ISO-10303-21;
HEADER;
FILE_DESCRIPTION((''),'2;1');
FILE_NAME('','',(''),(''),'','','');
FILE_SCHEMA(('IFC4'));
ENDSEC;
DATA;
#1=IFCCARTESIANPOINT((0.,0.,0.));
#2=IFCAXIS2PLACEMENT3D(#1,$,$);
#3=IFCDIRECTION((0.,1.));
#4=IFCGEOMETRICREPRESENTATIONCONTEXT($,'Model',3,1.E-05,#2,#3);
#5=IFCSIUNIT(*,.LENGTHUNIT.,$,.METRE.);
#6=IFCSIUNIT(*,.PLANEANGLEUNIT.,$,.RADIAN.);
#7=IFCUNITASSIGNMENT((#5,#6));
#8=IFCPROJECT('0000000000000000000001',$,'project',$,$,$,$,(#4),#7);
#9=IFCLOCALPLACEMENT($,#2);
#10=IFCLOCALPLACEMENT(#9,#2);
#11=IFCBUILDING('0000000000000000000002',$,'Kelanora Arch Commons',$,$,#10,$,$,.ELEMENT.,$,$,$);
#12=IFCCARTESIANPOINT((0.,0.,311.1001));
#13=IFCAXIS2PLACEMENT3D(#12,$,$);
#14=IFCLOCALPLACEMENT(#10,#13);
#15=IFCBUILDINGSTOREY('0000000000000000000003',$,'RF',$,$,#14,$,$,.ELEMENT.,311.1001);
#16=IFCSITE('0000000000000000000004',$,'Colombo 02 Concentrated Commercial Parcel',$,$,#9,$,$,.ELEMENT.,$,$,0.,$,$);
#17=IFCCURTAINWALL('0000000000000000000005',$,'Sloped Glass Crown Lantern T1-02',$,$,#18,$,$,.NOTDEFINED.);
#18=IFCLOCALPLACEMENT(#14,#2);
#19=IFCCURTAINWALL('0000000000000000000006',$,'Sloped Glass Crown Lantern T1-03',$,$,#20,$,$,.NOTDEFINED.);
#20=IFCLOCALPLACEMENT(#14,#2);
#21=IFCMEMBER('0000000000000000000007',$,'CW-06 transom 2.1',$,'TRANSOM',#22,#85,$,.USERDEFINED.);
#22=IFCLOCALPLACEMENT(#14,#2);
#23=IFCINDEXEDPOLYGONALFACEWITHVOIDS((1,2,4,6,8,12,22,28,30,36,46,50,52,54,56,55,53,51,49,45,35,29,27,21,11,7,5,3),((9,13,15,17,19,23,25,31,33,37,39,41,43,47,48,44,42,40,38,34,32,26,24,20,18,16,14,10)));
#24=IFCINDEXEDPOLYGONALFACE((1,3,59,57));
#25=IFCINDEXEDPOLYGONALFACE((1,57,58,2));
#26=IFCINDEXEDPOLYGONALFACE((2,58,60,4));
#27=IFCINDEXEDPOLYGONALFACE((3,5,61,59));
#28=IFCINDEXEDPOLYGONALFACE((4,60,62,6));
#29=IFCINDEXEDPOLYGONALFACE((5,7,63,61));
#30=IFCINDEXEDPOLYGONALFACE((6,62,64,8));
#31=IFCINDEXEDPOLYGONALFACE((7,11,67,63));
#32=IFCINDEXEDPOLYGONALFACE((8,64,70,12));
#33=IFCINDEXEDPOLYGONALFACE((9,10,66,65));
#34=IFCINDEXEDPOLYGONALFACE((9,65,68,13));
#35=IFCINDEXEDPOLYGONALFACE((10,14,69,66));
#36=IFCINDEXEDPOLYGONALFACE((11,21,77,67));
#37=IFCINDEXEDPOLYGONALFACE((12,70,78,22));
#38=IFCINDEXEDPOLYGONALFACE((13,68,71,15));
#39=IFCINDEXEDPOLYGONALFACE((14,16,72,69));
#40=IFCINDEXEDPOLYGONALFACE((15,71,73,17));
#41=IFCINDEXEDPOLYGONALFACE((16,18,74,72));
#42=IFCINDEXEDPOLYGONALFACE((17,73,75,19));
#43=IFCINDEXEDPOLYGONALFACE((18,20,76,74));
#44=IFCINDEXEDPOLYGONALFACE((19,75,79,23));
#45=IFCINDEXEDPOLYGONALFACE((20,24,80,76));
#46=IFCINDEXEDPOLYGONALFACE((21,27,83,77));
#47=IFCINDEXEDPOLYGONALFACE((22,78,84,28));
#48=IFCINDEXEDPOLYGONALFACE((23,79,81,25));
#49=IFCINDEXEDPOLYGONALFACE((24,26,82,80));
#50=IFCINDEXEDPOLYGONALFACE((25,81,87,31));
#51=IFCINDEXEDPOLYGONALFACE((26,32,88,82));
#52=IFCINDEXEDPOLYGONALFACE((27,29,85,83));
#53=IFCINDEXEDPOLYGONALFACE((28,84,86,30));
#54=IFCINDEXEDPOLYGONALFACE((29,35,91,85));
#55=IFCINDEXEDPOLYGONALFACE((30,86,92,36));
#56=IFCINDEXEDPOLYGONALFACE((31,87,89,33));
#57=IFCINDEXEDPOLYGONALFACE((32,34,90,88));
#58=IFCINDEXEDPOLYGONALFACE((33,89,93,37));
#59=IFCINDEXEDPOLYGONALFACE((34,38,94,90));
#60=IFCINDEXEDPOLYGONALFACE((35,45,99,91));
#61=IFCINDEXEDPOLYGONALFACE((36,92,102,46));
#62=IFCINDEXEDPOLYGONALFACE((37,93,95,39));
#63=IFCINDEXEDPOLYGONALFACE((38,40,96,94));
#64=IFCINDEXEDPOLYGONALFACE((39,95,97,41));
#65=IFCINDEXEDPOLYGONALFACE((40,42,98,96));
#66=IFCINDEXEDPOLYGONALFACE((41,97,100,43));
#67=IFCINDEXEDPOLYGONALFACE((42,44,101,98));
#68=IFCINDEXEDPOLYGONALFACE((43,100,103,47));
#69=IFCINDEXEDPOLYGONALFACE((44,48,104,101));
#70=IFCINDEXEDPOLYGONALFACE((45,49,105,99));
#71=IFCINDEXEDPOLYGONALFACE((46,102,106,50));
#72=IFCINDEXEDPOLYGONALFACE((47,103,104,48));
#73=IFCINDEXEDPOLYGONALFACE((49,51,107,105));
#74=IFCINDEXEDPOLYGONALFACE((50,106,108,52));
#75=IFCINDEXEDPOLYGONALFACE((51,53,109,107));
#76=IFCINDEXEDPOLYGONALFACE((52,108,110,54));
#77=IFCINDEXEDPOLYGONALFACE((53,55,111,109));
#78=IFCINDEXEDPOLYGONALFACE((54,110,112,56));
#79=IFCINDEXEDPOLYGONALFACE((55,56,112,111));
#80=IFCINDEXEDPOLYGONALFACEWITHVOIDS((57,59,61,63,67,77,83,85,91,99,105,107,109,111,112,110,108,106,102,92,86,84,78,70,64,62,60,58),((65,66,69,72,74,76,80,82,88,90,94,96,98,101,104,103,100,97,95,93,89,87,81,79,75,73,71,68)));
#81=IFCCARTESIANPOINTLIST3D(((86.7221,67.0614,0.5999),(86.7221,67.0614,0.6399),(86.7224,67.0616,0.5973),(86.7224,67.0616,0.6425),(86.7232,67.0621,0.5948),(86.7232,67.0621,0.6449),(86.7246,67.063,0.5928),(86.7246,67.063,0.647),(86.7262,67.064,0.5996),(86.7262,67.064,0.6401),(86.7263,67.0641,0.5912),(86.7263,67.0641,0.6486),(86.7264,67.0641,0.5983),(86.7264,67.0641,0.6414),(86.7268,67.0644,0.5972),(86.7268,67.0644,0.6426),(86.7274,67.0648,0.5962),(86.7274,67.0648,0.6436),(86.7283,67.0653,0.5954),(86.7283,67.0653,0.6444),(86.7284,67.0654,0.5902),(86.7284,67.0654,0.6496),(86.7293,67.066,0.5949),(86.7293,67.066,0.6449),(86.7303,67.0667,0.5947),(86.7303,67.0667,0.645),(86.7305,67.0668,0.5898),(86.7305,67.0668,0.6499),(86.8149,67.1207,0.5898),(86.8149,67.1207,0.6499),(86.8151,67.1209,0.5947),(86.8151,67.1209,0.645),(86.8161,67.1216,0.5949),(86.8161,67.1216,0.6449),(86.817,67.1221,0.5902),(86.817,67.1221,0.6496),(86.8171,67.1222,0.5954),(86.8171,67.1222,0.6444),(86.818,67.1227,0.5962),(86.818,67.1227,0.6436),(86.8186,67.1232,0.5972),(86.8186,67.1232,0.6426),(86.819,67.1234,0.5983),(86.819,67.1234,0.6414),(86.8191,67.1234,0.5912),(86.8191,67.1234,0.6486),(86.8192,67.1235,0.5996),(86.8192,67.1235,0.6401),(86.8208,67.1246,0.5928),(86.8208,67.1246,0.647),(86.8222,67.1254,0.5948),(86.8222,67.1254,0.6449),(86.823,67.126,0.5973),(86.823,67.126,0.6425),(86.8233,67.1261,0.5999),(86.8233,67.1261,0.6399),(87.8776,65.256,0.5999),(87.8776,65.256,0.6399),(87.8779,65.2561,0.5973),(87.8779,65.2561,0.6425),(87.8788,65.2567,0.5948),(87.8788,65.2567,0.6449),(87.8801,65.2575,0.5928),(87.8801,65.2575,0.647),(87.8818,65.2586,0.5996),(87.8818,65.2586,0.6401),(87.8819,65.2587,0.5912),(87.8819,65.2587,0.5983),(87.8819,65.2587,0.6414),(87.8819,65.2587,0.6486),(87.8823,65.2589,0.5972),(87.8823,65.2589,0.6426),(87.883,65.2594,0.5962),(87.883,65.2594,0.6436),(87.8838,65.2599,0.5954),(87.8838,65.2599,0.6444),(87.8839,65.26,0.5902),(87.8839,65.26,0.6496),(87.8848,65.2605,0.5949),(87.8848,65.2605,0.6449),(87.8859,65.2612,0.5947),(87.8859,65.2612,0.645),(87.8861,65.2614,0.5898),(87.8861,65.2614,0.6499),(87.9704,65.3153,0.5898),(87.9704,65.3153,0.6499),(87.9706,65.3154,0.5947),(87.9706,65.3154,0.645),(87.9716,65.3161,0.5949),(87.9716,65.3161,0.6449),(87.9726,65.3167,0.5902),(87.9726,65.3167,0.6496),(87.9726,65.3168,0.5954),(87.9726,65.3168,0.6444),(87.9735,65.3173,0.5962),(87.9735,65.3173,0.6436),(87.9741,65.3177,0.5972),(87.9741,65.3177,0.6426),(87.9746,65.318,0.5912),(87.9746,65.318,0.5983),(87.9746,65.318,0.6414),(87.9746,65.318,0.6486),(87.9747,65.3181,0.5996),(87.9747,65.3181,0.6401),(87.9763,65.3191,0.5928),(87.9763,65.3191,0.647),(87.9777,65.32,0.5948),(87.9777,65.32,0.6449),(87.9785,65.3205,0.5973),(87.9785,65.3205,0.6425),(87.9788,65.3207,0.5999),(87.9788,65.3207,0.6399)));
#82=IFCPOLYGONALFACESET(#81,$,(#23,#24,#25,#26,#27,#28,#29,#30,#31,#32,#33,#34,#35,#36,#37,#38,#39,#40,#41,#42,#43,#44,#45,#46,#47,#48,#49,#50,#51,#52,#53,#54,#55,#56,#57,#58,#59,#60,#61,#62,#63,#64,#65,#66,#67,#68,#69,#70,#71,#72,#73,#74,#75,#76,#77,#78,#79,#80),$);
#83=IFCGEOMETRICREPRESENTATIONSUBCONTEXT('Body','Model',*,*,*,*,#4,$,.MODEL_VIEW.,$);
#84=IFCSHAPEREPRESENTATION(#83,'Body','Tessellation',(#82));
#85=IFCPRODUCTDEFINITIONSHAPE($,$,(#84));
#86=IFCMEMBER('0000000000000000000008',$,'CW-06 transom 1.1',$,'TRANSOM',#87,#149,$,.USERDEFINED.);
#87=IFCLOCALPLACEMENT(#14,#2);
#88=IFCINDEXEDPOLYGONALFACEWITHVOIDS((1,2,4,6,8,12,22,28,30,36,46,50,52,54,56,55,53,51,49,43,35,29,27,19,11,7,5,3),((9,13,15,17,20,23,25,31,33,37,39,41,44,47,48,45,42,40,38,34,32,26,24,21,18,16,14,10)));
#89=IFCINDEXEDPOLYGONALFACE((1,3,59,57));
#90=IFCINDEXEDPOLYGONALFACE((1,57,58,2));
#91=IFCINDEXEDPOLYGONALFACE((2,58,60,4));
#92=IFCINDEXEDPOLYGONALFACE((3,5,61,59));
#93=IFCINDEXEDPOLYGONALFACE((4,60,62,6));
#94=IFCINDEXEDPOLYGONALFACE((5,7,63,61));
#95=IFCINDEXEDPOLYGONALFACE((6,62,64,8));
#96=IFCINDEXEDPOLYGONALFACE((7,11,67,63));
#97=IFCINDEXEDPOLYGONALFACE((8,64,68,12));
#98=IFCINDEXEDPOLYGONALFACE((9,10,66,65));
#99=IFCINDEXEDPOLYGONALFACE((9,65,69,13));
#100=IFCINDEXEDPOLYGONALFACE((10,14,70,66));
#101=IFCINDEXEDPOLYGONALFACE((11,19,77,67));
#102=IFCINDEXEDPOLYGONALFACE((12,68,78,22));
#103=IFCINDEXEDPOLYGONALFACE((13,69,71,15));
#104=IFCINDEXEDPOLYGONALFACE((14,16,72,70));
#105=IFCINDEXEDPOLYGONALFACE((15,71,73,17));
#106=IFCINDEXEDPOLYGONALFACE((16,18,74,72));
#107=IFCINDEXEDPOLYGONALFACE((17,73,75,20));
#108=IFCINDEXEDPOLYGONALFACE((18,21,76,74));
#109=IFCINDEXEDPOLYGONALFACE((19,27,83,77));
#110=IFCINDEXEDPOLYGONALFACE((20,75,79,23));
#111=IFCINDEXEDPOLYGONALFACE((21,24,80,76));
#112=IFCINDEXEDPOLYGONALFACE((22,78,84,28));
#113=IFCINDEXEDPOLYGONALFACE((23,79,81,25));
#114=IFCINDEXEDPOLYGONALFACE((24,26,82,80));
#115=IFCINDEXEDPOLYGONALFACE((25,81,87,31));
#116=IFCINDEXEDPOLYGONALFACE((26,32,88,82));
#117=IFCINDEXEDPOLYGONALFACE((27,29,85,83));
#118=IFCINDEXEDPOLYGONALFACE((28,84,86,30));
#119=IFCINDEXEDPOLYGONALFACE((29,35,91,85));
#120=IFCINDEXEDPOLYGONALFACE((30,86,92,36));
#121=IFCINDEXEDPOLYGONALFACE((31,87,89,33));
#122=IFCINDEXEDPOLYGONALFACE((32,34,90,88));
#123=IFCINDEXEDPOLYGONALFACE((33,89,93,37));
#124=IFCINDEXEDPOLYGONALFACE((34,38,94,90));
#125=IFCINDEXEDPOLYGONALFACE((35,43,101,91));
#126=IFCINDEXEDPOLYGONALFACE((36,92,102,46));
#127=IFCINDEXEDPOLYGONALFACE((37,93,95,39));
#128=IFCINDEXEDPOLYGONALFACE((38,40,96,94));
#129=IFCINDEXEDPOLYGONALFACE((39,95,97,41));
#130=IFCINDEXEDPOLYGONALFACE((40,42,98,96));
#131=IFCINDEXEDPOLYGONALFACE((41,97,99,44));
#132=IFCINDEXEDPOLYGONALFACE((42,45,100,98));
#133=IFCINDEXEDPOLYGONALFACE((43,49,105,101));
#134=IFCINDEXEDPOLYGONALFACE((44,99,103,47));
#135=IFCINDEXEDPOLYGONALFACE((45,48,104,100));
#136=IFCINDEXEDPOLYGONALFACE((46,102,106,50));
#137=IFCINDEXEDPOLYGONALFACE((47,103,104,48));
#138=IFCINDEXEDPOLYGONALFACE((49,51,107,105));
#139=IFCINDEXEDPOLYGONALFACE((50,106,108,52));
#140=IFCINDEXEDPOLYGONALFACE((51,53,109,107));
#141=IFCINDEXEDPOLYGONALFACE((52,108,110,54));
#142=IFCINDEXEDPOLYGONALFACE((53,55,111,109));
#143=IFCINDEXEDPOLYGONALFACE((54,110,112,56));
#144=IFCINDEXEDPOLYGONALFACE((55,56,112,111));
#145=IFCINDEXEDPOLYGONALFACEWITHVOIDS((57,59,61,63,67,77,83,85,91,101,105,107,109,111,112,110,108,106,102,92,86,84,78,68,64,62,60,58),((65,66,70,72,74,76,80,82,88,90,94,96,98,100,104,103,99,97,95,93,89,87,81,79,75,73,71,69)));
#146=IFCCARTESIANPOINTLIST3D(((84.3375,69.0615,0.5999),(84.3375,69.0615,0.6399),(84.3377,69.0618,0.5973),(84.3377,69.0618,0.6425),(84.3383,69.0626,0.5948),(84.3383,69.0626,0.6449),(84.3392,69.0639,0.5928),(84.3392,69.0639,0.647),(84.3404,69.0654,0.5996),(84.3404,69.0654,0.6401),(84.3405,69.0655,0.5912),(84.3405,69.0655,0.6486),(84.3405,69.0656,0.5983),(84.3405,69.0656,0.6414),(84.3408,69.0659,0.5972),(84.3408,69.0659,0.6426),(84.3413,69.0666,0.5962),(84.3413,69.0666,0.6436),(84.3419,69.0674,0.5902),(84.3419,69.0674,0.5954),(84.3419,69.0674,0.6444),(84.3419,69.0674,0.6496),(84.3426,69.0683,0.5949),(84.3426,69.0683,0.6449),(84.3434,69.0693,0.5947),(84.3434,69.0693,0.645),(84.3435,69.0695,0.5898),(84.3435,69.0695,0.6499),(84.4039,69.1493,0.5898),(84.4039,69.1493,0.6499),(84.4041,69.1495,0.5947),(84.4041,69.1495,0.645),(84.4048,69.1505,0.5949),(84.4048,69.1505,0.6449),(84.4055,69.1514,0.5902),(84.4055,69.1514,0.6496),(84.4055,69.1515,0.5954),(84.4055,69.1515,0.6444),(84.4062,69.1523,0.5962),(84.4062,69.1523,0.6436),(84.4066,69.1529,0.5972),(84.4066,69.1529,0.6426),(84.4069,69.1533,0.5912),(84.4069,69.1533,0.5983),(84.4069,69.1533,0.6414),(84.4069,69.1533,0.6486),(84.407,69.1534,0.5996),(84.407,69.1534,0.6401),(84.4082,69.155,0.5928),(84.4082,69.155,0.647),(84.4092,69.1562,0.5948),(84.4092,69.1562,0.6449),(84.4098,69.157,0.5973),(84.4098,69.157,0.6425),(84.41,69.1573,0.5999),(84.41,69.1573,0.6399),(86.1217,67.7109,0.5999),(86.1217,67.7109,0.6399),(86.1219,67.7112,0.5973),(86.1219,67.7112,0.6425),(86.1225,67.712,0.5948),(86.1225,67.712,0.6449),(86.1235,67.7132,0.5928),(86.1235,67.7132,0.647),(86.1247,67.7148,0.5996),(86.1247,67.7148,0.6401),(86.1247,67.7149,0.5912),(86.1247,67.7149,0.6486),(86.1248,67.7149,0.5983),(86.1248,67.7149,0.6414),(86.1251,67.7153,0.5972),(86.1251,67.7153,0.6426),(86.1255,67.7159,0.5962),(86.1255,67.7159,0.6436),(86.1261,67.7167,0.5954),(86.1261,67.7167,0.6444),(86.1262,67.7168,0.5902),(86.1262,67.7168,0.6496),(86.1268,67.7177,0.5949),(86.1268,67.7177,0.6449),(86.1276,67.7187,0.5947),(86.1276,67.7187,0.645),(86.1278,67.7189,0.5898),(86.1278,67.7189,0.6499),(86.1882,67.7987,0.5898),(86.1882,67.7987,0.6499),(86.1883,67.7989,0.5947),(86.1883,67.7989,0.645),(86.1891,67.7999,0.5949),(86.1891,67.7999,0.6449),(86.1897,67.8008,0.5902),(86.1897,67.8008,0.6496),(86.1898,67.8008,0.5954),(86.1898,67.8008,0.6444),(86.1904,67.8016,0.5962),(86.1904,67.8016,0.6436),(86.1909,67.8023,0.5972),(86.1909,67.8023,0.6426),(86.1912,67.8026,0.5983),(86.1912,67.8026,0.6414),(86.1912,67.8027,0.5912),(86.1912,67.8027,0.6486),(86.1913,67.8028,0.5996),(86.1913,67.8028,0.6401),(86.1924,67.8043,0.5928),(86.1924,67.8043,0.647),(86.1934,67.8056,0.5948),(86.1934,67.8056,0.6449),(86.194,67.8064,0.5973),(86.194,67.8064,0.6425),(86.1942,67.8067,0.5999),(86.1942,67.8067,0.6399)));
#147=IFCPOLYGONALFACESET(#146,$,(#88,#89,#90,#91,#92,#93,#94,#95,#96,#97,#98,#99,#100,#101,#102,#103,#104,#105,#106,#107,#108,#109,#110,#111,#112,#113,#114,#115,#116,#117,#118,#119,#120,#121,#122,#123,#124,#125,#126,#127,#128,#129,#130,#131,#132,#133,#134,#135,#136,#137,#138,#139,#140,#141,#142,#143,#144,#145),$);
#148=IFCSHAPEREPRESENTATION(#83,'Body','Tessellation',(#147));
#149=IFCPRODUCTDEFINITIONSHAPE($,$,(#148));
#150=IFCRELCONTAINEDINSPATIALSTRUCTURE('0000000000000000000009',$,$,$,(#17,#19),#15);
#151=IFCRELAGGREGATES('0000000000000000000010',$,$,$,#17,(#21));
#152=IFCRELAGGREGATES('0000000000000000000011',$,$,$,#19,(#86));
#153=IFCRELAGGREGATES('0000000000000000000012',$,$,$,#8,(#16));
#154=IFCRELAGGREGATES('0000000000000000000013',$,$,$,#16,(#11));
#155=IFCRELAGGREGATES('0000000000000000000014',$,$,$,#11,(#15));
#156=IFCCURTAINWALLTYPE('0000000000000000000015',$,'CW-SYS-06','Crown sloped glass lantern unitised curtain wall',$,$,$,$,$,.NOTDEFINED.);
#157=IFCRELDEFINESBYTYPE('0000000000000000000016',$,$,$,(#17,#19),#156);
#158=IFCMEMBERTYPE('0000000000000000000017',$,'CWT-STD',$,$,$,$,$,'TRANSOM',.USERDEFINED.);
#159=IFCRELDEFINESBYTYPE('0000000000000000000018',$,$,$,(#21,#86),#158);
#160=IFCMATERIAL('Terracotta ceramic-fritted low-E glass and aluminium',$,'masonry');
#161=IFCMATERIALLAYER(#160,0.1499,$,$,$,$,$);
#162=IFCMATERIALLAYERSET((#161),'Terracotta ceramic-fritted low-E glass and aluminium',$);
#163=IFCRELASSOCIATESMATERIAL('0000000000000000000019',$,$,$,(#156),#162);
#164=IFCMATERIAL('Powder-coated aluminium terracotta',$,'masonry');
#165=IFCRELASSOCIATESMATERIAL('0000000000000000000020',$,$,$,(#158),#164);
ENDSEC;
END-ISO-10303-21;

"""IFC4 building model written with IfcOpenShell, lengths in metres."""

from ifc_helpers import new_model, si_unit, direction, frame, origin, origin_2d, place, context, subcontext, project, spatial, hollow_rectangle, extrude, material, layer, layer_set, material_profile, profile_set, type_object, element, aggregate, save


model = new_model("IFC4")

# Units and contexts
model_context = context("Model", 3, precision=1e-05, world=origin(), true_north=direction((0.0, 1.0)))
body_context = subcontext(model_context, "Body", "Model", "MODEL_VIEW")
ifc_project = project(units=[si_unit("LENGTHUNIT", "METRE"), si_unit("PLANEANGLEUNIT", "RADIAN")], contexts=[model_context])

# Site, building, storey
site_placement = place(None, origin())
site = spatial("IfcSite", under=ifc_project, at=site_placement, Name="Colombo 02 Concentrated Commercial Parcel", CompositionType="ELEMENT", RefElevation=0.0)
building_placement = place(site_placement, origin())
building = spatial("IfcBuilding", under=site, at=building_placement, Name="Kelanora Arch Commons", CompositionType="ELEMENT")
storey_placement = place(building_placement, frame((0.0, 0.0, 311.1001)))
storey = spatial("IfcBuildingStorey", under=building, at=storey_placement, Name="RF", CompositionType="ELEMENT", Elevation=311.1001)

# Curtain walls
ifc_material_1 = material(Name="Terracotta ceramic-fritted low-E glass and aluminium", Category="masonry")
ifc_layer_1 = layer(ifc_material_1, 0.1499)
ifc_layer_set_1 = layer_set([ifc_layer_1], Name="Terracotta ceramic-fritted low-E glass and aluminium")
curtain_wall_type = type_object("IfcCurtainWallType", Name="CW-SYS-06", Description="Crown sloped glass lantern unitised curtain wall", PredefinedType="NOTDEFINED", material=ifc_layer_set_1)
ifc_material_2 = material(Name="Powder-coated aluminium terracotta", Category="masonry")
curtain_wall_1_placement = place(storey_placement, origin())
curtain_wall_1 = element("IfcCurtainWall", 1, at=curtain_wall_1_placement, inside=storey, type_object=curtain_wall_type, Name="Sloped Glass Crown Lantern T1-02", PredefinedType="NOTDEFINED")
curtain_wall_2_placement = place(storey_placement, origin())
curtain_wall_2 = element("IfcCurtainWall", 2, at=curtain_wall_2_placement, inside=storey, type_object=curtain_wall_type, Name="Sloped Glass Crown Lantern T1-03", PredefinedType="NOTDEFINED")

# Members
ifc_material_profile_1 = material_profile(ifc_material_2, hollow_rectangle(XDim=0.1201, YDim=0.0601, WallThickness=0.0049, InnerFilletRadius=0.0049, OuterFilletRadius=0.01, at=origin_2d()), Name="CWT120x60")
ifc_profile_set_1 = profile_set([ifc_material_profile_1], Name="Powder-coated aluminium terracotta")
member_type_1 = type_object("IfcMemberType", Name="CWT-STD", ElementType="TRANSOM", PredefinedType="USERDEFINED", material=ifc_profile_set_1)
member_1_placement = place(storey_placement, frame((87.9282, 65.2883, 0.6199), z_axis=(-0.53907, 0.842261, 0.0), x_axis=(-0.842261, -0.53907, 0.0)))
member_1 = element("IfcMember", 3, at=member_1_placement, type_object=member_type_1, Name="CW-06 transom 2.1", ObjectType="TRANSOM", PredefinedType="USERDEFINED", context=body_context, shape_type="SweptSolid", body=[
    extrude(hollow_rectangle(XDim=0.1201, YDim=0.0601, WallThickness=0.0049, InnerFilletRadius=0.0049, OuterFilletRadius=0.01, at=origin_2d()), origin(), (0.0, 0.0, 1.0), 2.1436),
])
member_2_placement = place(storey_placement, frame((86.158, 67.7588, 0.6199), z_axis=(-0.797321, 0.603555, 0.0), x_axis=(-0.603555, -0.797321, 0.0)))
member_2 = element("IfcMember", 4, at=member_2_placement, type_object=member_type_1, Name="CW-06 transom 1.1", ObjectType="TRANSOM", PredefinedType="USERDEFINED", context=body_context, shape_type="SweptSolid", body=[
    extrude(hollow_rectangle(XDim=0.1201, YDim=0.0601, WallThickness=0.0049, InnerFilletRadius=0.0049, OuterFilletRadius=0.01, at=origin_2d()), origin(), (0.0, 0.0, 1.0), 2.2378),
])

aggregate(curtain_wall_1, [member_1])
aggregate(curtain_wall_2, [member_2])

save(model, "model.ifc")
